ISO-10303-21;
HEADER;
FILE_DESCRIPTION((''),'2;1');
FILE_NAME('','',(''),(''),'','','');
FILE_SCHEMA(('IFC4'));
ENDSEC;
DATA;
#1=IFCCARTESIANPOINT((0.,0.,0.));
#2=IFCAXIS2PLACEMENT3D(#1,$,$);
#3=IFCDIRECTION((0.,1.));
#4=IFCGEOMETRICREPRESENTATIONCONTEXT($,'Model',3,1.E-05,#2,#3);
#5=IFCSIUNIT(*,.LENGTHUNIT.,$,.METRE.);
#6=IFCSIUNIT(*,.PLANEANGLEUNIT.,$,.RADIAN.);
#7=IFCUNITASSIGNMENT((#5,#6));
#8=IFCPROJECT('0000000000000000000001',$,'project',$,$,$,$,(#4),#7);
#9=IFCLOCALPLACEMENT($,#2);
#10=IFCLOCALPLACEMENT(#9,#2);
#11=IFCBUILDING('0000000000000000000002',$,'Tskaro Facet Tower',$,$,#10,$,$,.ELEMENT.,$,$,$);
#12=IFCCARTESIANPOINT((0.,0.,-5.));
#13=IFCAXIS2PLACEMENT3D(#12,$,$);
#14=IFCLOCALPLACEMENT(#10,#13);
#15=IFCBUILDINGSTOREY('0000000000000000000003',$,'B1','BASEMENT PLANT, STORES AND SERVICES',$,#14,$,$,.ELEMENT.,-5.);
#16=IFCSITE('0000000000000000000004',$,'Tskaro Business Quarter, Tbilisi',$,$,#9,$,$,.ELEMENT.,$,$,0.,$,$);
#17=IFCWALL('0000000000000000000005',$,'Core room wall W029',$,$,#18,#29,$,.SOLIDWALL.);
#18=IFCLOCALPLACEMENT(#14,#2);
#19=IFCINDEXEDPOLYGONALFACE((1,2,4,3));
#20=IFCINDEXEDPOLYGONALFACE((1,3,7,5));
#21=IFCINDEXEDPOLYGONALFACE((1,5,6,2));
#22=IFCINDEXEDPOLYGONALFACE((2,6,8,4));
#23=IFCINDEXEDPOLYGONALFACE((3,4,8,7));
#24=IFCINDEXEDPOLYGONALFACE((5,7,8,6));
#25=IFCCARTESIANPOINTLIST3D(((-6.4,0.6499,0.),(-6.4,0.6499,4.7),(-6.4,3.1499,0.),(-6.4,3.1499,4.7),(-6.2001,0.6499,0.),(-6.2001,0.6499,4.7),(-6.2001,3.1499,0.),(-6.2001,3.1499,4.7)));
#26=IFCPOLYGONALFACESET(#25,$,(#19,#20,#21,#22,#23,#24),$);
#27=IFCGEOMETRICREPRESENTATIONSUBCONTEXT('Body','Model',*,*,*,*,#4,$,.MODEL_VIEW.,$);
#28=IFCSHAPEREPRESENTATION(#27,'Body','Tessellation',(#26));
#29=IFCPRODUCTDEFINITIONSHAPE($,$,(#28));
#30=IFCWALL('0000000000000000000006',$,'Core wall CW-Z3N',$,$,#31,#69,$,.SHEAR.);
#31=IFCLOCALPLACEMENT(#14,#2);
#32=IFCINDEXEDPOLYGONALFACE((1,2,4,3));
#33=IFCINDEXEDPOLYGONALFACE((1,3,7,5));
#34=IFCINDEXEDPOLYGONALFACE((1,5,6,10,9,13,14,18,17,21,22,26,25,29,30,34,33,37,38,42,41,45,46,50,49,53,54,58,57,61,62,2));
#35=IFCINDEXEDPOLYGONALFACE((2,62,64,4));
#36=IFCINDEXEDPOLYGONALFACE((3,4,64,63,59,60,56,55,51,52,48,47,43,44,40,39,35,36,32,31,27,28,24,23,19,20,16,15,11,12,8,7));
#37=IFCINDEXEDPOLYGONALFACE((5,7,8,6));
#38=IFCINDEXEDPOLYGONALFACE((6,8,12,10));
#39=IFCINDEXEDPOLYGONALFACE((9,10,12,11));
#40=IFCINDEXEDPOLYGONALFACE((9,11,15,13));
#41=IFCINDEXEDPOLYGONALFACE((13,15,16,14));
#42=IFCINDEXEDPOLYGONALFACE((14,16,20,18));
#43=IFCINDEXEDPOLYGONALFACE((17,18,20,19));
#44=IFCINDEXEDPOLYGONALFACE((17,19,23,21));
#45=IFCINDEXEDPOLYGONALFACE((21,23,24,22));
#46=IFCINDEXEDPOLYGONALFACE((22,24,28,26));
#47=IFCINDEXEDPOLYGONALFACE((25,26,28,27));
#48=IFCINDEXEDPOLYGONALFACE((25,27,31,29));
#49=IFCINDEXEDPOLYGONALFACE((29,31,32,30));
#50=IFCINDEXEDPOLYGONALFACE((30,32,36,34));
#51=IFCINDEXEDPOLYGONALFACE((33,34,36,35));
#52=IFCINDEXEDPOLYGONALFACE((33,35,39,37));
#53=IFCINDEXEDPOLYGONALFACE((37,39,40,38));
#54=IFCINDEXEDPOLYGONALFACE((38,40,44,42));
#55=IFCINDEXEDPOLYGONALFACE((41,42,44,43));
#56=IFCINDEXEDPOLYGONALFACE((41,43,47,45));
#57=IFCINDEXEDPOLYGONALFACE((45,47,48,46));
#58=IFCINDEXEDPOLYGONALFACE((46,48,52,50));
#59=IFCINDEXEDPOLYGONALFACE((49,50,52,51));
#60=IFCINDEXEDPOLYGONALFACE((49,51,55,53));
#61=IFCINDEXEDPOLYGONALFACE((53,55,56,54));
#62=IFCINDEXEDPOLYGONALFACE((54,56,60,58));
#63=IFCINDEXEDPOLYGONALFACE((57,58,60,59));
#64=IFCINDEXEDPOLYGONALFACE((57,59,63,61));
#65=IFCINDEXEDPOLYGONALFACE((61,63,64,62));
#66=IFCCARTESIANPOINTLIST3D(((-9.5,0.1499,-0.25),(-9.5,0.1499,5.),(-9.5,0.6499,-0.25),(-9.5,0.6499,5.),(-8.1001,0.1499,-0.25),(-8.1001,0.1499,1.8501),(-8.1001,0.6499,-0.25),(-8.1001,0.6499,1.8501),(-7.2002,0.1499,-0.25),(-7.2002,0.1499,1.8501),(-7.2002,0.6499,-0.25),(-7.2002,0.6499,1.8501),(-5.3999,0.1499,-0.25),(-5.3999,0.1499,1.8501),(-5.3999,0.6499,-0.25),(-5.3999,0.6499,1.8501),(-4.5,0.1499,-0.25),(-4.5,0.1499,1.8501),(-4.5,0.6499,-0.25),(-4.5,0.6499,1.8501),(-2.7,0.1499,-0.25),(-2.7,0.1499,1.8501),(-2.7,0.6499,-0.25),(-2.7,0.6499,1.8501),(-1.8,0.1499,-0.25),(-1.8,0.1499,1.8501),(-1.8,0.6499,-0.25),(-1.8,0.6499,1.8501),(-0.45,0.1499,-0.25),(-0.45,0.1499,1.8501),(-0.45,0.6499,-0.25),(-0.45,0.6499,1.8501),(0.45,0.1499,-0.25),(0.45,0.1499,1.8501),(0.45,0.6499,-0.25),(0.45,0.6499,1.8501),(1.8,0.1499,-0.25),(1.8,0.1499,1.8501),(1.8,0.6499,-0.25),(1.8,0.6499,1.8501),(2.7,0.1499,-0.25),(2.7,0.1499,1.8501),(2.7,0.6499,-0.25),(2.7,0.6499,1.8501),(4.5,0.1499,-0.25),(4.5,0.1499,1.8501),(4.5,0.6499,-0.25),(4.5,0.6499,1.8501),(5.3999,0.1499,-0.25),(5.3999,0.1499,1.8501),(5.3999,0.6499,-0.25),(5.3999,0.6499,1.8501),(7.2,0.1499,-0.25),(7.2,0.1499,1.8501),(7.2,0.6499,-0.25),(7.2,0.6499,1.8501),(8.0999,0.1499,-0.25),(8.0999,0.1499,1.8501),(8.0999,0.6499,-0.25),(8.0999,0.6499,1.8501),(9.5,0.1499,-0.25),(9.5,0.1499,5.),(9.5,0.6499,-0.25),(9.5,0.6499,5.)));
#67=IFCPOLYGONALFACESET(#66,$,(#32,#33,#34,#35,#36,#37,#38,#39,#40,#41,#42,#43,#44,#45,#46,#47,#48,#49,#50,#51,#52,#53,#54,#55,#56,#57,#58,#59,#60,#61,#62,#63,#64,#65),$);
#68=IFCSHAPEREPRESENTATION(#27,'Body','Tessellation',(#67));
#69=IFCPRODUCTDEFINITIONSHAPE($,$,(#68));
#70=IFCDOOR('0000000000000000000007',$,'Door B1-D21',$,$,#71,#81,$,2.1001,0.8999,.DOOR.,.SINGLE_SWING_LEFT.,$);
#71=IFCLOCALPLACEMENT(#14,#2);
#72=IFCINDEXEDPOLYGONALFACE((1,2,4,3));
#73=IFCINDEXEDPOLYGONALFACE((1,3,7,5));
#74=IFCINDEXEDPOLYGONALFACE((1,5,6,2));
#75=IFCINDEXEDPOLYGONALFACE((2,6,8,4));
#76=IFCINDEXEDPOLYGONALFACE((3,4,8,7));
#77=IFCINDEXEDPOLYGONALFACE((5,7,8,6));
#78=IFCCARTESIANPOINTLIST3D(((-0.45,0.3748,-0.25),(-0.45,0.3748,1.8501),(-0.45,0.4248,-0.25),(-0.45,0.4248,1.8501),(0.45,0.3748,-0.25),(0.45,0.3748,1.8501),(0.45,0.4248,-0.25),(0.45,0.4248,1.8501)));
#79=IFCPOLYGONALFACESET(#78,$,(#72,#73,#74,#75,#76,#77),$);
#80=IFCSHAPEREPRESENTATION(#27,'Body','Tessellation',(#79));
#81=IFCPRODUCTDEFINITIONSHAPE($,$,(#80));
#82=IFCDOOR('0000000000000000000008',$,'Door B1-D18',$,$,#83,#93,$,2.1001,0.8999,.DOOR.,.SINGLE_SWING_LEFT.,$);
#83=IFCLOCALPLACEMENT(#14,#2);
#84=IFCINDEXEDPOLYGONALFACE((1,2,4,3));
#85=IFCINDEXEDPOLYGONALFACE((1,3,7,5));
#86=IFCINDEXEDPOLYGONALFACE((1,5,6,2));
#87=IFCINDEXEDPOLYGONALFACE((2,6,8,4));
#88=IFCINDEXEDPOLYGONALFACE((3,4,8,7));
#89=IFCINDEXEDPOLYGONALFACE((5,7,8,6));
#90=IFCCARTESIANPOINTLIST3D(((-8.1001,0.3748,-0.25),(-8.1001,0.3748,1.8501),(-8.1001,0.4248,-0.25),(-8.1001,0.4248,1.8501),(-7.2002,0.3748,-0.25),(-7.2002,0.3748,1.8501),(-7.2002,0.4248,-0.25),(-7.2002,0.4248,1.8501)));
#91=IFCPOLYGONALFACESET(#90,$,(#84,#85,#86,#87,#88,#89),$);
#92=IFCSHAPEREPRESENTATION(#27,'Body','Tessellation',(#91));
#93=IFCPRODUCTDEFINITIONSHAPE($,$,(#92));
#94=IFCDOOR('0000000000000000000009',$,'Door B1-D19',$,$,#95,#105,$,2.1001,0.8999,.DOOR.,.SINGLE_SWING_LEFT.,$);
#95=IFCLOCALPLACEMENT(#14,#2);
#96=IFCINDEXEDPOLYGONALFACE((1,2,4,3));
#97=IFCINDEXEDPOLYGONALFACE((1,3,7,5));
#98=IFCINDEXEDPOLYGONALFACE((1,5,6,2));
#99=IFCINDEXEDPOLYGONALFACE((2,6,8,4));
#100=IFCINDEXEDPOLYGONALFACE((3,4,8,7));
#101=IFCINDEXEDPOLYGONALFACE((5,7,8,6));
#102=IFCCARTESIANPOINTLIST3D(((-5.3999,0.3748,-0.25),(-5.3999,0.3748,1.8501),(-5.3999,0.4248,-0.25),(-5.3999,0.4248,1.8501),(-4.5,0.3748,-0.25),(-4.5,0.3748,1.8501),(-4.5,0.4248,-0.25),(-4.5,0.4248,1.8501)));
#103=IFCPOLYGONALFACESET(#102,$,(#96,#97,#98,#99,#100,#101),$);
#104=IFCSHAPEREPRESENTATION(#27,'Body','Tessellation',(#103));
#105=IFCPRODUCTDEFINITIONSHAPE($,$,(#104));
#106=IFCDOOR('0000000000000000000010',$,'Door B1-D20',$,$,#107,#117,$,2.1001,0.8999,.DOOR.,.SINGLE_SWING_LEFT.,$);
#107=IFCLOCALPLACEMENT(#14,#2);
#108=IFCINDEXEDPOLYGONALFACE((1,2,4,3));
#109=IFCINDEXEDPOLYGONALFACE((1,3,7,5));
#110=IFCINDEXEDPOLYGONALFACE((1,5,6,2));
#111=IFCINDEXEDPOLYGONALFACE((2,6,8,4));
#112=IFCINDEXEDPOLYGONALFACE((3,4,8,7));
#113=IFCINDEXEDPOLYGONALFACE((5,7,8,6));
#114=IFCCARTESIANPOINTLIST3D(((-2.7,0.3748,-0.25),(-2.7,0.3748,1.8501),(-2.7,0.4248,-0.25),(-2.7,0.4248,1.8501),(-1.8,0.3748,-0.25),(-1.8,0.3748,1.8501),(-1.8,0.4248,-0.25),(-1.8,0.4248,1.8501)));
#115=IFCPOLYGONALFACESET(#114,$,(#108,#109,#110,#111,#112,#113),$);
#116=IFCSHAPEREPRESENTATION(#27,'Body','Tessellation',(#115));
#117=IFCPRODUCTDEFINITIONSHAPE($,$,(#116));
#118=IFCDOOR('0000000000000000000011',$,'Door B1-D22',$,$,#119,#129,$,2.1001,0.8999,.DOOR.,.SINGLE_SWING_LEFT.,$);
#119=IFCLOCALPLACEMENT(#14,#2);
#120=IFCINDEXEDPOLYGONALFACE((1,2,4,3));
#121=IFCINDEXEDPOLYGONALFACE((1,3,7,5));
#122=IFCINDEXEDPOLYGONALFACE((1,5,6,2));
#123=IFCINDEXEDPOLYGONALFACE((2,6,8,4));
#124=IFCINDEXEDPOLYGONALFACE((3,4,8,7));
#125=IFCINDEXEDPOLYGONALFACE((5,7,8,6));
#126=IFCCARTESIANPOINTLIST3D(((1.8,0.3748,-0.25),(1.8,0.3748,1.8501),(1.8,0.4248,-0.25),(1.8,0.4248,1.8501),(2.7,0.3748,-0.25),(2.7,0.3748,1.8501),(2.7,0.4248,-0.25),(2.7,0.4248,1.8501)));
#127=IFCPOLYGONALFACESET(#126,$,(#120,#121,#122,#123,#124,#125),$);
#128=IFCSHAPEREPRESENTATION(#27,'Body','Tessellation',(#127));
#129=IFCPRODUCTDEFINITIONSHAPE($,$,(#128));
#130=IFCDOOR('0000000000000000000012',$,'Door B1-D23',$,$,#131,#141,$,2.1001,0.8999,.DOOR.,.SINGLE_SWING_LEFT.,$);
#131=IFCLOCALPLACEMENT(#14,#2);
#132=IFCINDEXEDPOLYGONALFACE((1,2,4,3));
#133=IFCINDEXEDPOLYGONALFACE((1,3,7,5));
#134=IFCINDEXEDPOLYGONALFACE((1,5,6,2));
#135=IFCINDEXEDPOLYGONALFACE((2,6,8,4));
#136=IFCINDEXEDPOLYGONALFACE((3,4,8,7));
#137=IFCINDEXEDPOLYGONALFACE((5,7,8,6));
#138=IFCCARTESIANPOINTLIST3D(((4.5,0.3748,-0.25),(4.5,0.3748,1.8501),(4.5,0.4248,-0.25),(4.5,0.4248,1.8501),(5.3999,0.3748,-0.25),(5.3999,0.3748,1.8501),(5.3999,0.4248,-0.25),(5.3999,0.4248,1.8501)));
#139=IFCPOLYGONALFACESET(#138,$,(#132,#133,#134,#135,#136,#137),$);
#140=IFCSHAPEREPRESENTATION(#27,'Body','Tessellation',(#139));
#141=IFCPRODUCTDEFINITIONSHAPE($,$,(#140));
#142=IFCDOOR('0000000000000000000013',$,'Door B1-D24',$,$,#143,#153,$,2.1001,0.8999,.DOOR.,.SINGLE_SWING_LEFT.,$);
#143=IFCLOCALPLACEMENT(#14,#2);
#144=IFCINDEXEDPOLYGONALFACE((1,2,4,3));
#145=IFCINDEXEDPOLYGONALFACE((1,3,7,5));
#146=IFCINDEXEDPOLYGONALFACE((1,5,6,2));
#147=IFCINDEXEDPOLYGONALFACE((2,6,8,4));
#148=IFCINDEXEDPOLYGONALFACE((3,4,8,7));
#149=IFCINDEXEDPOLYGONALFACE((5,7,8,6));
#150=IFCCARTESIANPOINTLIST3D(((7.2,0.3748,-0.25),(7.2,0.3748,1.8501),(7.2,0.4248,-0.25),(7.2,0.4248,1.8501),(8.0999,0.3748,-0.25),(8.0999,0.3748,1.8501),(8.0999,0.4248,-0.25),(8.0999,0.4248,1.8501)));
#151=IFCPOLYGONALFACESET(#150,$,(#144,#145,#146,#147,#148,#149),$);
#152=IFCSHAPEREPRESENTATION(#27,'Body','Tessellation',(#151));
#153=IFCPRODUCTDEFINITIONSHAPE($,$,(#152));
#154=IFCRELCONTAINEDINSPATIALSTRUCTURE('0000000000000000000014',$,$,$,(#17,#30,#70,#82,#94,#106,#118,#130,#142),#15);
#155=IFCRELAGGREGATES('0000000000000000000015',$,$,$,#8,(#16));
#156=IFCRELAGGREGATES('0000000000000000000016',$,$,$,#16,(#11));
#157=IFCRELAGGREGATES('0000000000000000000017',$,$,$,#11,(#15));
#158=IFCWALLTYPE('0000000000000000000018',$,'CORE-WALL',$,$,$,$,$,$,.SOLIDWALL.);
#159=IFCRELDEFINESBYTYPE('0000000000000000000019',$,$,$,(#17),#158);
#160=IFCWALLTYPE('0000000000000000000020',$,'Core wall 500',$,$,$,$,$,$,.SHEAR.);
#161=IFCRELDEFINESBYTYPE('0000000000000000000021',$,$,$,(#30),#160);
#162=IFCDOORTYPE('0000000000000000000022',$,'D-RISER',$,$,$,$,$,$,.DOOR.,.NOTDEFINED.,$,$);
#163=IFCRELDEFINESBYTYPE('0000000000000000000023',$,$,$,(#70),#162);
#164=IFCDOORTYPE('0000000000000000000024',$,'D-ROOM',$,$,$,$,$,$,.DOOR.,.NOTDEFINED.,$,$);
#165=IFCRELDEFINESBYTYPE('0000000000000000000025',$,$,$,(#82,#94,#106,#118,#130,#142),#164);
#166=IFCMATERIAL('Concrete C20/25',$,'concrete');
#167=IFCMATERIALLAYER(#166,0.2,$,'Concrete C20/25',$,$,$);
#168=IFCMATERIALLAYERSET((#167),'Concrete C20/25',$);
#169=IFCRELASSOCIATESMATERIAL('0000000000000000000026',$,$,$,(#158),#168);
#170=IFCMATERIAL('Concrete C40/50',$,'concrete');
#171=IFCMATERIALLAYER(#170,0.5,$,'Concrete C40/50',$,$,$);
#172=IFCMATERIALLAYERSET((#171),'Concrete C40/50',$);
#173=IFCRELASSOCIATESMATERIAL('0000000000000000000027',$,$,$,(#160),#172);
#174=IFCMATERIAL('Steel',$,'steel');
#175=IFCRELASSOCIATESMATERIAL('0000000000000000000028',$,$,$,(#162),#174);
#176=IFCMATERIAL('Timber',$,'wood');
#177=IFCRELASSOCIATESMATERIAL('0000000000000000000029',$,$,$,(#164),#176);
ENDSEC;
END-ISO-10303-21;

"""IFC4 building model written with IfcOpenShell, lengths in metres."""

from ifc_helpers import new_model, si_unit, direction, frame, frame_2d, origin, place, context, subcontext, project, spatial, rectangle, extrude, material, layer, layer_set, type_object, element, fill, save


model = new_model("IFC4")

# Units and contexts
model_context = context("Model", 3, precision=1e-05, world=origin(), true_north=direction((0.0, 1.0)))
body_context = subcontext(model_context, "Body", "Model", "MODEL_VIEW")
ifc_project = project(units=[si_unit("LENGTHUNIT", "METRE"), si_unit("PLANEANGLEUNIT", "RADIAN")], contexts=[model_context])

# Site, building, storey
site_placement = place(None, origin())
site = spatial("IfcSite", under=ifc_project, at=site_placement, Name="Tskaro Business Quarter, Tbilisi", CompositionType="ELEMENT", RefElevation=0.0)
building_placement = place(site_placement, origin())
building = spatial("IfcBuilding", under=site, at=building_placement, Name="Tskaro Facet Tower", CompositionType="ELEMENT")
storey_placement = place(building_placement, frame((0.0, 0.0, -5.0)))
storey = spatial("IfcBuildingStorey", under=building, at=storey_placement, Name="B1", Description="BASEMENT PLANT, STORES AND SERVICES", CompositionType="ELEMENT", Elevation=-5.0)

# Wall
ifc_material_1 = material(Name="Concrete C20/25", Category="concrete")
ifc_layer_1 = layer(ifc_material_1, 0.2, Name="Concrete C20/25")
ifc_layer_set_1 = layer_set([ifc_layer_1], Name="Concrete C20/25")
wall_type_1 = type_object("IfcWallType", Name="CORE-WALL", PredefinedType="SOLIDWALL", material=ifc_layer_set_1)
wall_1_placement = place(storey_placement, frame((-6.3, 0.6499, 0.0), z_axis=(0.0, 0.0, 1.0), x_axis=(0.0, 1.0, 0.0)))
element("IfcWall", 1, at=wall_1_placement, inside=storey, type_object=wall_type_1, Name="Core room wall W029", PredefinedType="SOLIDWALL", context=body_context, shape_type="SweptSolid", body=[
    extrude(rectangle(XDim=2.5, YDim=0.2, at=frame_2d((1.25, 0.0))), origin(), (0.0, 0.0, 1.0), 4.7),
])

# Wall, openings, doors
ifc_material_2 = material(Name="Concrete C40/50", Category="concrete")
ifc_layer_2 = layer(ifc_material_2, 0.5, Name="Concrete C40/50")
ifc_layer_set_2 = layer_set([ifc_layer_2], Name="Concrete C40/50")
wall_type_2 = type_object("IfcWallType", Name="Core wall 500", PredefinedType="SHEAR", material=ifc_layer_set_2)
wall_2_placement = place(storey_placement, frame((-9.5, 0.3999, -0.25), z_axis=(0.0, 0.0, 1.0), x_axis=(1.0, 0.0, 0.0)))
wall_2 = element("IfcWall", 2, at=wall_2_placement, inside=storey, type_object=wall_type_2, Name="Core wall CW-Z3N", PredefinedType="SHEAR", context=body_context, shape_type="SweptSolid", body=[
    extrude(rectangle(XDim=19.0, YDim=0.5, at=frame_2d((9.5, 0.0))), origin(), (0.0, 0.0, 1.0), 5.25),
])
opening_1_placement = place(wall_2_placement, frame((1.3999, 0.0, 0.0)))
opening_1 = element("IfcOpeningElement", 3, at=opening_1_placement, cuts=wall_2, PredefinedType="OPENING", context=body_context, shape_type="SweptSolid", body=[
    extrude(rectangle(XDim=0.8999, YDim=2.1001, at=frame_2d((0.45, 1.05))), frame((0.0, 0.26, 0.0), z_axis=(0.0, -1.0, 0.0), x_axis=(1.0, 0.0, 0.0)), (0.0, 0.0, 1.0), 0.52),
])
opening_2_placement = place(wall_2_placement, frame((4.1001, 0.0, 0.0)))
opening_2 = element("IfcOpeningElement", 4, at=opening_2_placement, cuts=wall_2, PredefinedType="OPENING", context=body_context, shape_type="SweptSolid", body=[
    extrude(rectangle(XDim=0.8999, YDim=2.1001, at=frame_2d((0.45, 1.05))), frame((0.0, 0.26, 0.0), z_axis=(0.0, -1.0, 0.0), x_axis=(1.0, 0.0, 0.0)), (0.0, 0.0, 1.0), 0.52),
])
opening_3_placement = place(wall_2_placement, frame((6.8, 0.0, 0.0)))
opening_3 = element("IfcOpeningElement", 5, at=opening_3_placement, cuts=wall_2, PredefinedType="OPENING", context=body_context, shape_type="SweptSolid", body=[
    extrude(rectangle(XDim=0.8999, YDim=2.1001, at=frame_2d((0.45, 1.05))), frame((0.0, 0.26, 0.0), z_axis=(0.0, -1.0, 0.0), x_axis=(1.0, 0.0, 0.0)), (0.0, 0.0, 1.0), 0.52),
])
opening_4_placement = place(wall_2_placement, frame((11.3, 0.0, 0.0)))
opening_4 = element("IfcOpeningElement", 6, at=opening_4_placement, cuts=wall_2, PredefinedType="OPENING", context=body_context, shape_type="SweptSolid", body=[
    extrude(rectangle(XDim=0.8999, YDim=2.1001, at=frame_2d((0.45, 1.05))), frame((0.0, 0.26, 0.0), z_axis=(0.0, -1.0, 0.0), x_axis=(1.0, 0.0, 0.0)), (0.0, 0.0, 1.0), 0.52),
])
opening_5_placement = place(wall_2_placement, frame((14.0, 0.0, 0.0)))
opening_5 = element("IfcOpeningElement", 7, at=opening_5_placement, cuts=wall_2, PredefinedType="OPENING", context=body_context, shape_type="SweptSolid", body=[
    extrude(rectangle(XDim=0.8999, YDim=2.1001, at=frame_2d((0.45, 1.05))), frame((0.0, 0.26, 0.0), z_axis=(0.0, -1.0, 0.0), x_axis=(1.0, 0.0, 0.0)), (0.0, 0.0, 1.0), 0.52),
])
opening_6_placement = place(wall_2_placement, frame((16.7, 0.0, 0.0)))
opening_6 = element("IfcOpeningElement", 8, at=opening_6_placement, cuts=wall_2, PredefinedType="OPENING", context=body_context, shape_type="SweptSolid", body=[
    extrude(rectangle(XDim=0.8999, YDim=2.1001, at=frame_2d((0.45, 1.05))), frame((0.0, 0.26, 0.0), z_axis=(0.0, -1.0, 0.0), x_axis=(1.0, 0.0, 0.0)), (0.0, 0.0, 1.0), 0.52),
])
opening_7_placement = place(wall_2_placement, frame((9.05, 0.0, 0.0)))
opening_7 = element("IfcOpeningElement", 9, at=opening_7_placement, cuts=wall_2, PredefinedType="OPENING", context=body_context, shape_type="SweptSolid", body=[
    extrude(rectangle(XDim=0.8999, YDim=2.1001, at=frame_2d((0.45, 1.05))), frame((0.0, 0.26, 0.0), z_axis=(0.0, -1.0, 0.0), x_axis=(1.0, 0.0, 0.0)), (0.0, 0.0, 1.0), 0.52),
])
ifc_material_3 = material(Name="Steel", Category="steel")
door_type_1 = type_object("IfcDoorType", Name="D-RISER", OperationType="NOTDEFINED", PredefinedType="DOOR", material=ifc_material_3)
door_1_placement = place(opening_7_placement, origin())
door_1 = element("IfcDoor", 10, at=door_1_placement, inside=storey, type_object=door_type_1, Name="Door B1-D21", OperationType="SINGLE_SWING_LEFT", OverallHeight=2.1001, OverallWidth=0.8999, PredefinedType="DOOR", context=body_context, shape_type="SweptSolid", body=[
    extrude(rectangle(XDim=0.8999, YDim=2.1001, at=frame_2d((0.45, 1.05))), frame((0.0, 0.0249, 0.0), z_axis=(0.0, -1.0, 0.0), x_axis=(1.0, 0.0, 0.0)), (0.0, 0.0, 1.0), 0.05),
])
fill(opening_7, door_1)
ifc_material_4 = material(Name="Timber", Category="wood")
door_type_2 = type_object("IfcDoorType", Name="D-ROOM", OperationType="NOTDEFINED", PredefinedType="DOOR", material=ifc_material_4)
door_2_placement = place(opening_1_placement, origin())
door_2 = element("IfcDoor", 11, at=door_2_placement, inside=storey, type_object=door_type_2, Name="Door B1-D18", OperationType="SINGLE_SWING_LEFT", OverallHeight=2.1001, OverallWidth=0.8999, PredefinedType="DOOR", context=body_context, shape_type="SweptSolid", body=[
    extrude(rectangle(XDim=0.8999, YDim=2.1001, at=frame_2d((0.45, 1.05))), frame((0.0, 0.0249, 0.0), z_axis=(0.0, -1.0, 0.0), x_axis=(1.0, 0.0, 0.0)), (0.0, 0.0, 1.0), 0.05),
])
fill(opening_1, door_2)
door_3_placement = place(opening_2_placement, origin())
door_3 = element("IfcDoor", 12, at=door_3_placement, inside=storey, type_object=door_type_2, Name="Door B1-D19", OperationType="SINGLE_SWING_LEFT", OverallHeight=2.1001, OverallWidth=0.8999, PredefinedType="DOOR", context=body_context, shape_type="SweptSolid", body=[
    extrude(rectangle(XDim=0.8999, YDim=2.1001, at=frame_2d((0.45, 1.05))), frame((0.0, 0.0249, 0.0), z_axis=(0.0, -1.0, 0.0), x_axis=(1.0, 0.0, 0.0)), (0.0, 0.0, 1.0), 0.05),
])
fill(opening_2, door_3)
door_4_placement = place(opening_3_placement, origin())
door_4 = element("IfcDoor", 13, at=door_4_placement, inside=storey, type_object=door_type_2, Name="Door B1-D20", OperationType="SINGLE_SWING_LEFT", OverallHeight=2.1001, OverallWidth=0.8999, PredefinedType="DOOR", context=body_context, shape_type="SweptSolid", body=[
    extrude(rectangle(XDim=0.8999, YDim=2.1001, at=frame_2d((0.45, 1.05))), frame((0.0, 0.0249, 0.0), z_axis=(0.0, -1.0, 0.0), x_axis=(1.0, 0.0, 0.0)), (0.0, 0.0, 1.0), 0.05),
])
fill(opening_3, door_4)
door_5_placement = place(opening_4_placement, origin())
door_5 = element("IfcDoor", 14, at=door_5_placement, inside=storey, type_object=door_type_2, Name="Door B1-D22", OperationType="SINGLE_SWING_LEFT", OverallHeight=2.1001, OverallWidth=0.8999, PredefinedType="DOOR", context=body_context, shape_type="SweptSolid", body=[
    extrude(rectangle(XDim=0.8999, YDim=2.1001, at=frame_2d((0.45, 1.05))), frame((0.0, 0.0249, 0.0), z_axis=(0.0, -1.0, 0.0), x_axis=(1.0, 0.0, 0.0)), (0.0, 0.0, 1.0), 0.05),
])
fill(opening_4, door_5)
door_6_placement = place(opening_5_placement, origin())
door_6 = element("IfcDoor", 15, at=door_6_placement, inside=storey, type_object=door_type_2, Name="Door B1-D23", OperationType="SINGLE_SWING_LEFT", OverallHeight=2.1001, OverallWidth=0.8999, PredefinedType="DOOR", context=body_context, shape_type="SweptSolid", body=[
    extrude(rectangle(XDim=0.8999, YDim=2.1001, at=frame_2d((0.45, 1.05))), frame((0.0, 0.0249, 0.0), z_axis=(0.0, -1.0, 0.0), x_axis=(1.0, 0.0, 0.0)), (0.0, 0.0, 1.0), 0.05),
])
fill(opening_5, door_6)
door_7_placement = place(opening_6_placement, origin())
door_7 = element("IfcDoor", 16, at=door_7_placement, inside=storey, type_object=door_type_2, Name="Door B1-D24", OperationType="SINGLE_SWING_LEFT", OverallHeight=2.1001, OverallWidth=0.8999, PredefinedType="DOOR", context=body_context, shape_type="SweptSolid", body=[
    extrude(rectangle(XDim=0.8999, YDim=2.1001, at=frame_2d((0.45, 1.05))), frame((0.0, 0.0249, 0.0), z_axis=(0.0, -1.0, 0.0), x_axis=(1.0, 0.0, 0.0)), (0.0, 0.0, 1.0), 0.05),
])
fill(opening_6, door_7)

save(model, "model.ifc")
